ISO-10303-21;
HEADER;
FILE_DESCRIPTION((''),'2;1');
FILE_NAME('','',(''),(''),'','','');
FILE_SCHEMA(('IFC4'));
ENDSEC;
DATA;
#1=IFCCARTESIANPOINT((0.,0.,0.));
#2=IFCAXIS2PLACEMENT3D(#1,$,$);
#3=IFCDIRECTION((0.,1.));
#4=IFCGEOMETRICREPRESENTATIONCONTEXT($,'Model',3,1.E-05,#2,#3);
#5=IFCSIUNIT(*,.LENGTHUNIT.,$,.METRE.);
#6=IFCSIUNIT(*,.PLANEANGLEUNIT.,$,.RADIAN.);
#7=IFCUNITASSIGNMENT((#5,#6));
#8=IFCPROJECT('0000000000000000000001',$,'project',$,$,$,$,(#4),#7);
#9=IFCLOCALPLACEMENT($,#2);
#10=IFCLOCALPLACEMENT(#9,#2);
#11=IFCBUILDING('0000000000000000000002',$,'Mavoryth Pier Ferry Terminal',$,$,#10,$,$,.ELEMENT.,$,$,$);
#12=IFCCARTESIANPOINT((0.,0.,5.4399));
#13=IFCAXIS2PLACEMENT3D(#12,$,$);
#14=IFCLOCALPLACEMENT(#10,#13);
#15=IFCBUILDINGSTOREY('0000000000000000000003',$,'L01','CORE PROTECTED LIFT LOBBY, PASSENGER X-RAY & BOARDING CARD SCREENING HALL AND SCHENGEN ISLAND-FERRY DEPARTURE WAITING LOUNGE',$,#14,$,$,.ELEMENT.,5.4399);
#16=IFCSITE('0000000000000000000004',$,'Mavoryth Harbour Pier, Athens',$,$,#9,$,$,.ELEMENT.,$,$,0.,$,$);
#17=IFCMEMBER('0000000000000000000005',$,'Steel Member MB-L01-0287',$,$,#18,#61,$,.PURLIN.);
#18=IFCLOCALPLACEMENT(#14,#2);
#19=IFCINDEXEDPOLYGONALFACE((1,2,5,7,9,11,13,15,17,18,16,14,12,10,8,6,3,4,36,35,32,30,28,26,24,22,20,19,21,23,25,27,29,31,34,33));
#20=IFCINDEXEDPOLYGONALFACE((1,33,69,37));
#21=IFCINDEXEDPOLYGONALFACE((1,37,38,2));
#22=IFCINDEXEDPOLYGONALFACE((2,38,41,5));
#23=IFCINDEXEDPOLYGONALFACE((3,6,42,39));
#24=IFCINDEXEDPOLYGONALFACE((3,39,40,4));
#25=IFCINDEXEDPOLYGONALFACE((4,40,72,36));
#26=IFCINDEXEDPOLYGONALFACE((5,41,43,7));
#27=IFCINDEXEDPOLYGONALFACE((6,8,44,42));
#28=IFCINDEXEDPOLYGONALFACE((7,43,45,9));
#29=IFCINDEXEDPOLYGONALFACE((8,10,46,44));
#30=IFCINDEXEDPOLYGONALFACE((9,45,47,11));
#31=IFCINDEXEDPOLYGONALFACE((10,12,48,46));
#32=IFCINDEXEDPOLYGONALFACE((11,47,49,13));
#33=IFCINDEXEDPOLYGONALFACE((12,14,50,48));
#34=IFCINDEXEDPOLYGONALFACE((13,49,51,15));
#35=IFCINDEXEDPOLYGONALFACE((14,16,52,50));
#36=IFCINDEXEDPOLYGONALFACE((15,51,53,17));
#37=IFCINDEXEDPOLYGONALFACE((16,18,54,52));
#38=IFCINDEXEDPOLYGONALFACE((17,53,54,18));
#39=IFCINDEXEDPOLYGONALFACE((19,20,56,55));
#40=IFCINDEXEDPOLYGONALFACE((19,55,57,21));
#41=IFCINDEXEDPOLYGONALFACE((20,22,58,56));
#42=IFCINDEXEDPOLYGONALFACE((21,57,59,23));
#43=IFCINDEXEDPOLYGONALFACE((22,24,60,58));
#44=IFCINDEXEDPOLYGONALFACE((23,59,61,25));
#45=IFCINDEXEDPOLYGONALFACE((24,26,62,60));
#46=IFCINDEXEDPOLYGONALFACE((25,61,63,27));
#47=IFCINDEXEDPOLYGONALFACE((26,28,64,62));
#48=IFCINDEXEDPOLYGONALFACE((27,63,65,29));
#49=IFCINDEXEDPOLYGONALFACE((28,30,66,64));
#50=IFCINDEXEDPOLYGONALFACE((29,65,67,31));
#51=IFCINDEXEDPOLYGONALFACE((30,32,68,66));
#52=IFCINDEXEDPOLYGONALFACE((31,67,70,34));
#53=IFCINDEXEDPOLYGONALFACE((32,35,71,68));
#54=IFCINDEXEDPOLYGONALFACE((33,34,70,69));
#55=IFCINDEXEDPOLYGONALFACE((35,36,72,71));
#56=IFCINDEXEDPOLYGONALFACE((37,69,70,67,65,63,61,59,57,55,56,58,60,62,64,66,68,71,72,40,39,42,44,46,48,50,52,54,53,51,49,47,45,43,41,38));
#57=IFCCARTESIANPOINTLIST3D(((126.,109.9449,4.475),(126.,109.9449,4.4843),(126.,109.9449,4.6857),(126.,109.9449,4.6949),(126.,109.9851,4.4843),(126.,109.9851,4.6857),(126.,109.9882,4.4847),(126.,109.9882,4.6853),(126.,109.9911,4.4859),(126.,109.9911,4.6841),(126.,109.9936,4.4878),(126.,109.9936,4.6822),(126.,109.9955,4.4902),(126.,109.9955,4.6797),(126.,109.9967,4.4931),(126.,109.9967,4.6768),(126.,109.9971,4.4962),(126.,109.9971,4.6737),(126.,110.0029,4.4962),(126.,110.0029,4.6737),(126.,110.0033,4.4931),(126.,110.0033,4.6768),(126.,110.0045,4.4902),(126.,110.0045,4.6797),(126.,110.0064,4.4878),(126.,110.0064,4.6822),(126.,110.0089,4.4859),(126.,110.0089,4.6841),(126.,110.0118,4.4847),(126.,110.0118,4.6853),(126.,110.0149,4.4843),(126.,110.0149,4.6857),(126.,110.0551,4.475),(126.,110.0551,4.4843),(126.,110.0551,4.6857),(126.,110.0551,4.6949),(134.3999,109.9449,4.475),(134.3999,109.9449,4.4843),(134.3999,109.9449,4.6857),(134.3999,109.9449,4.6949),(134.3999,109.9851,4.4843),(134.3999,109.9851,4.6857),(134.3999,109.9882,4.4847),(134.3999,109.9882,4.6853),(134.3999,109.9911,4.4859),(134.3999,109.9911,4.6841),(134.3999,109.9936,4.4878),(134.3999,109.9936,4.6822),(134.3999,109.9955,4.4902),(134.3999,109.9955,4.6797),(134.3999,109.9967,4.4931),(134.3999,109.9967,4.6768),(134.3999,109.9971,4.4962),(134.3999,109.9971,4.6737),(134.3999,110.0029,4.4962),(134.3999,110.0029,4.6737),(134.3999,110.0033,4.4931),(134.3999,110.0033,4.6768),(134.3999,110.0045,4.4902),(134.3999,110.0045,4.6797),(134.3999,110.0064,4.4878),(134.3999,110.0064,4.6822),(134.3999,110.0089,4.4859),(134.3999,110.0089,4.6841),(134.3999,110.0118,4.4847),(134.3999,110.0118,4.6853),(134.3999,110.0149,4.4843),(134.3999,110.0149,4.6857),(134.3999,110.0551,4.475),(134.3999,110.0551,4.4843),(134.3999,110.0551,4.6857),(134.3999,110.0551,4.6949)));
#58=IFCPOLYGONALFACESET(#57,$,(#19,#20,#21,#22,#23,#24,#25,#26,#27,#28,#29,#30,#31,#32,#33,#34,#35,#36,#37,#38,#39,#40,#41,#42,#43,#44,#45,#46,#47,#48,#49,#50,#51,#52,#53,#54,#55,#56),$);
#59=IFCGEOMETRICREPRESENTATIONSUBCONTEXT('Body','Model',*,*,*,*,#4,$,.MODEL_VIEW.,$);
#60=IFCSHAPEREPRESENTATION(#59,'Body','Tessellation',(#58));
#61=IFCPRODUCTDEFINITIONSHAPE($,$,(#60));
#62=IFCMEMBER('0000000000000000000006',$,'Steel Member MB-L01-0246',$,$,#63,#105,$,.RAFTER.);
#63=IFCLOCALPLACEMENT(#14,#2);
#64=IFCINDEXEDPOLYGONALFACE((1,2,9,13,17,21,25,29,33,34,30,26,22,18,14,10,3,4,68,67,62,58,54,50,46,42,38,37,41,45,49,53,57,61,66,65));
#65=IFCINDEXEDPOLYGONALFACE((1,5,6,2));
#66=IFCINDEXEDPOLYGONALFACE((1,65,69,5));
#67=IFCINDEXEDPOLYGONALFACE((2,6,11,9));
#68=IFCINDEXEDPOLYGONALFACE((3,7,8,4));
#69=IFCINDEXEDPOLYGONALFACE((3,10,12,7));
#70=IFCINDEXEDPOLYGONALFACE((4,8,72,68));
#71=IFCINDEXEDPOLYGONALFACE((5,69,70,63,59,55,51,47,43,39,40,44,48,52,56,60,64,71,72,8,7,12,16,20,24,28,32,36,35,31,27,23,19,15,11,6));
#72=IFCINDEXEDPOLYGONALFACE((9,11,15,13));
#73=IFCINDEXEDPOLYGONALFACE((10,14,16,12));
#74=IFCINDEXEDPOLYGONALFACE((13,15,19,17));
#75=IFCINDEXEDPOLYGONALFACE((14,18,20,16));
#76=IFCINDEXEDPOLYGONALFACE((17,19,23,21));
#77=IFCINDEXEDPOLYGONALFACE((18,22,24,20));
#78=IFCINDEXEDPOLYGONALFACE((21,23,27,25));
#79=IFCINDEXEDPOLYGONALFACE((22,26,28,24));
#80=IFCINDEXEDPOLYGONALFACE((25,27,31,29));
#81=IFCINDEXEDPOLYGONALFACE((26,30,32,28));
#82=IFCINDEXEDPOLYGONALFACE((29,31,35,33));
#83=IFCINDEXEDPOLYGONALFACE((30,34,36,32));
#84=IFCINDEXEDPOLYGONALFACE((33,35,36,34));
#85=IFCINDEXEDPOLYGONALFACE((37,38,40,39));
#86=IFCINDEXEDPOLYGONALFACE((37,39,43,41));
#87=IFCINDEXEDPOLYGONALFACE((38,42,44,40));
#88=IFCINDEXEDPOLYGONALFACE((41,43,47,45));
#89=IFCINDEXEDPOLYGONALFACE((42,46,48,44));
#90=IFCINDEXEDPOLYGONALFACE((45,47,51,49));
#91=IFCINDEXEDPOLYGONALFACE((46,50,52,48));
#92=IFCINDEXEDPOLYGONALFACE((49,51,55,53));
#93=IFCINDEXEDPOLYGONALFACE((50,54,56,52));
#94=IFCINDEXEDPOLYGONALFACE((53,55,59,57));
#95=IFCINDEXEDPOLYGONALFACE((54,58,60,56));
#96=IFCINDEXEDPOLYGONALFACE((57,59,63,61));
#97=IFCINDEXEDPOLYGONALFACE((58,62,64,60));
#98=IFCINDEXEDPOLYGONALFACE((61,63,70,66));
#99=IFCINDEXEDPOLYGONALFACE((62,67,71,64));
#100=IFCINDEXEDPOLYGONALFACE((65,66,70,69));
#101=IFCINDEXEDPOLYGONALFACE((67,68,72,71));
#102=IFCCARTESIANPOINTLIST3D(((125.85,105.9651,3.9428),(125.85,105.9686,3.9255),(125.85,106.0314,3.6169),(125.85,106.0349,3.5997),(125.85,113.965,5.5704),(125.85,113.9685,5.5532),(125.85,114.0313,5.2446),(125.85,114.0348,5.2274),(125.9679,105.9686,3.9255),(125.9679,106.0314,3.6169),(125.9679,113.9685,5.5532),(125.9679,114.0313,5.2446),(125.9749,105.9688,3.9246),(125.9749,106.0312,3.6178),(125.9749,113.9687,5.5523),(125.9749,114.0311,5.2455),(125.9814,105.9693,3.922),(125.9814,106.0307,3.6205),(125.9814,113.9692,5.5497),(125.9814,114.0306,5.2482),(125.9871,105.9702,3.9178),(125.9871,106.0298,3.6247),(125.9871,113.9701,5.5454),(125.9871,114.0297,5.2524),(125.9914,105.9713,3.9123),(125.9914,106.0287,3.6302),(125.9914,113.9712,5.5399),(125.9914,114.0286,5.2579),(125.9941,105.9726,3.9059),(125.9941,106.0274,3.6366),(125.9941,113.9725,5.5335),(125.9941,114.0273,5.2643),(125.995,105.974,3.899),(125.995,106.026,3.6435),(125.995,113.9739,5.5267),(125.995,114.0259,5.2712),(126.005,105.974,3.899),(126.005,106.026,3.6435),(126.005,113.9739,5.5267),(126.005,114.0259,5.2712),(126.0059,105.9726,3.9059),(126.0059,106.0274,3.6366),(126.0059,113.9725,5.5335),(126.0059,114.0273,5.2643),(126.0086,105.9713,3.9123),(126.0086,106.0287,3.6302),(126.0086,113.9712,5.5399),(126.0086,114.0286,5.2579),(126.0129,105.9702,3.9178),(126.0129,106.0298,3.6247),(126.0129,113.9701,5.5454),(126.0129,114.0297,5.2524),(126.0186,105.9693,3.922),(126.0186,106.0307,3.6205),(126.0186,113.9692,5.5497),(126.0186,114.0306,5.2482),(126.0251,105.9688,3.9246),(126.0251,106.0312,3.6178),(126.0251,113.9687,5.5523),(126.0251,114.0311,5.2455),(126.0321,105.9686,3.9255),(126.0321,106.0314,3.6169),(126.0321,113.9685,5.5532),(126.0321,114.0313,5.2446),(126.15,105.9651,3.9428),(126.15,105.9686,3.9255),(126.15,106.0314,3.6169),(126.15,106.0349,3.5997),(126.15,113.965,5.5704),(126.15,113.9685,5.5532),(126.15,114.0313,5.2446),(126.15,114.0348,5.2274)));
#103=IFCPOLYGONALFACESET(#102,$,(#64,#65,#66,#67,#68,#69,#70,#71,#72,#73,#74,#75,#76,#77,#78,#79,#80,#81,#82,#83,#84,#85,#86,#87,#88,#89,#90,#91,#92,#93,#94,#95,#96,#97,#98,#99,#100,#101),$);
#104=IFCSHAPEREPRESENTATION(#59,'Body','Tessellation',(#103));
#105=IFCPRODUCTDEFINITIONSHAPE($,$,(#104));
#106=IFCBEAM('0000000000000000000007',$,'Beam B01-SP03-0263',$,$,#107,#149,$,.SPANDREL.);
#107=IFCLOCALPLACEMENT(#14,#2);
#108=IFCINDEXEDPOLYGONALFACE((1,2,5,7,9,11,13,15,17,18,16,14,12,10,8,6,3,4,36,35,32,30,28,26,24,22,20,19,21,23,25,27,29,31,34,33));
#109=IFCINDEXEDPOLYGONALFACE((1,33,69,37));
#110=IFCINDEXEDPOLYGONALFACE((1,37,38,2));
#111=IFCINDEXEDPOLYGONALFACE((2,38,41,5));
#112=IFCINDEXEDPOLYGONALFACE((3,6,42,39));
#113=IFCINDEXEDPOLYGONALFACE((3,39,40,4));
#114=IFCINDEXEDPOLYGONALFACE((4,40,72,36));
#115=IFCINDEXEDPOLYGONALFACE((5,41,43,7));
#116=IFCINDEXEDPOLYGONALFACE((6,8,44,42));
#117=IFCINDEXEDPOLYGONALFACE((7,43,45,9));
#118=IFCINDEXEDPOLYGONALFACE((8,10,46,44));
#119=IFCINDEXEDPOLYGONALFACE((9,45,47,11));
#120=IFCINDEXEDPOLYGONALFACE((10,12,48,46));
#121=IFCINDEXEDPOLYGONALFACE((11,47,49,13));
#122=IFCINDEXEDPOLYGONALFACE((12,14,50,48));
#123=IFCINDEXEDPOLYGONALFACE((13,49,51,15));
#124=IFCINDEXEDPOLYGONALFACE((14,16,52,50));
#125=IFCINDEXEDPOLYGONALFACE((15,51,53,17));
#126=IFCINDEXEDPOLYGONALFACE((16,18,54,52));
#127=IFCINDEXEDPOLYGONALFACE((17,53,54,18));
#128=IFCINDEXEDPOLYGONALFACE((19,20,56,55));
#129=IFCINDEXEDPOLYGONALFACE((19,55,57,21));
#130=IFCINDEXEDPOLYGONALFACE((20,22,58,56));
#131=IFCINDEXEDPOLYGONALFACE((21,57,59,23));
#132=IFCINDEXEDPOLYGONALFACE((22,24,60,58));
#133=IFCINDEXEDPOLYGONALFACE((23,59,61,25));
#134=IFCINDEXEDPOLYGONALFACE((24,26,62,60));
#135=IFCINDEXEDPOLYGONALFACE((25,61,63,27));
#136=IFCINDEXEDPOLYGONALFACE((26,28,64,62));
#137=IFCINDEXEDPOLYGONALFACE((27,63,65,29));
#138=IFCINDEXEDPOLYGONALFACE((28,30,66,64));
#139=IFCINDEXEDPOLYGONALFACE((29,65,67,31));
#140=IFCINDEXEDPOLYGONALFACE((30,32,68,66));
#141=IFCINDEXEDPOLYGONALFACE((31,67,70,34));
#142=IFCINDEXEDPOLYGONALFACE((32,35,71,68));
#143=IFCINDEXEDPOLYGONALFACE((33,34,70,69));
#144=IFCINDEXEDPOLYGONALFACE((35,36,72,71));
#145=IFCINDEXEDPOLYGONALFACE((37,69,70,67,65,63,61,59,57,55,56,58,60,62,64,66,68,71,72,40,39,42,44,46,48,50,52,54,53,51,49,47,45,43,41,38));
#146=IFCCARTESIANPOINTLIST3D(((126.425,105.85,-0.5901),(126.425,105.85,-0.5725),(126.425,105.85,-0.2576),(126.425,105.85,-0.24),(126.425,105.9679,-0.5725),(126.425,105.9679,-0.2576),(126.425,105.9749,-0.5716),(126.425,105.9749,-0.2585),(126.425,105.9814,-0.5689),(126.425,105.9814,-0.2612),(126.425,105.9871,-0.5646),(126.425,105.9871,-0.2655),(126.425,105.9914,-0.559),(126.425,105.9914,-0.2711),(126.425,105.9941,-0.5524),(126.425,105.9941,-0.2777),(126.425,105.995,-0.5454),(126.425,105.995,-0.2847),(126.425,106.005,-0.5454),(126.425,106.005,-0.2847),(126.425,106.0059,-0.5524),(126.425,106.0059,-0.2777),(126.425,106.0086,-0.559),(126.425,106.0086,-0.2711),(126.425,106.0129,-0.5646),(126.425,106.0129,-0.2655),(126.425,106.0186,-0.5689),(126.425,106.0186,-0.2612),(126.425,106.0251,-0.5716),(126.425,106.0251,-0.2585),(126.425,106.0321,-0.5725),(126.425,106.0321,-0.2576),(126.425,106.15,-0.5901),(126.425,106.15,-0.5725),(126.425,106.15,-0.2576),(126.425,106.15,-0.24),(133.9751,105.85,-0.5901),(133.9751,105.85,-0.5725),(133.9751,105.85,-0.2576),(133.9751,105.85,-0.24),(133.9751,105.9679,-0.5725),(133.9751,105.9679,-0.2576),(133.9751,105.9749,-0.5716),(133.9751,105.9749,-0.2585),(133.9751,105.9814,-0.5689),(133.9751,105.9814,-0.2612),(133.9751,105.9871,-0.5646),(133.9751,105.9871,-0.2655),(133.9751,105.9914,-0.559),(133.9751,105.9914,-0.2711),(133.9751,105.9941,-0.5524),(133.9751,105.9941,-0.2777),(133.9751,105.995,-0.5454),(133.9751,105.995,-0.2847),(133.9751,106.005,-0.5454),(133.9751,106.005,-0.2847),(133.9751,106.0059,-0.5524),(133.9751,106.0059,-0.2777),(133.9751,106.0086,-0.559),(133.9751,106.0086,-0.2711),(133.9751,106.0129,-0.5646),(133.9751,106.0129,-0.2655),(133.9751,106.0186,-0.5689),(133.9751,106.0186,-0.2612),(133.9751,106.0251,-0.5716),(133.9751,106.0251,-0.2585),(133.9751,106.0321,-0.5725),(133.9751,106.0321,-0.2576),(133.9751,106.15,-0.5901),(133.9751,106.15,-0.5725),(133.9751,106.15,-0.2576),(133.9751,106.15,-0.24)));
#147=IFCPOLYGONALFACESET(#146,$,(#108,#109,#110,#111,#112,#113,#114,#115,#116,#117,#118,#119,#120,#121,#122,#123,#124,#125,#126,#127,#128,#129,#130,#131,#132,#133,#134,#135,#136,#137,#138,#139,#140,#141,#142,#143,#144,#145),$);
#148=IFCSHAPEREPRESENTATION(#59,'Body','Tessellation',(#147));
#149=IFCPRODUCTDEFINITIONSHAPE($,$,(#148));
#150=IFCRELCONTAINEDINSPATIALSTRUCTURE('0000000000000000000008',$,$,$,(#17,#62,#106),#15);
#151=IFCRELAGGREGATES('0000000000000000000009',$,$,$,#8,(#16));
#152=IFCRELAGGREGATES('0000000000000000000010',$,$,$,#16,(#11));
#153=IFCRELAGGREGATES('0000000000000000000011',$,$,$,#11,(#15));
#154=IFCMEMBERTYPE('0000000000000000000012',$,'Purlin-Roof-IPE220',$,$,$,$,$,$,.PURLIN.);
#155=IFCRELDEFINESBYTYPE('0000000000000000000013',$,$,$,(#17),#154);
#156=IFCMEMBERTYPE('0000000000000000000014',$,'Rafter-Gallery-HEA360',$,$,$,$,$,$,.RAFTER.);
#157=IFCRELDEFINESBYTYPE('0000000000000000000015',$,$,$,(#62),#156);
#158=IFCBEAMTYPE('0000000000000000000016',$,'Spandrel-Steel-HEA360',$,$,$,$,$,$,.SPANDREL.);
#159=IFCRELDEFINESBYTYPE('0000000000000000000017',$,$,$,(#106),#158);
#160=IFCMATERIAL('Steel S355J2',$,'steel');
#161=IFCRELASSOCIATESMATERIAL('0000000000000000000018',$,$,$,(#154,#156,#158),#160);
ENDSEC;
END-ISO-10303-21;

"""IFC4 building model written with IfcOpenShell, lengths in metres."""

from ifc_helpers import new_model, si_unit, direction, frame, origin, origin_2d, place, context, subcontext, project, spatial, i_section, extrude, material, material_profile, profile_set, type_object, element, save


model = new_model("IFC4")

# Units and contexts
model_context = context("Model", 3, precision=1e-05, world=origin(), true_north=direction((0.0, 1.0)))
body_context = subcontext(model_context, "Body", "Model", "MODEL_VIEW")
ifc_project = project(units=[si_unit("LENGTHUNIT", "METRE"), si_unit("PLANEANGLEUNIT", "RADIAN")], contexts=[model_context])

# Site, building, storey
site_placement = place(None, origin())
site = spatial("IfcSite", under=ifc_project, at=site_placement, Name="Mavoryth Harbour Pier, Athens", CompositionType="ELEMENT", RefElevation=0.0)
building_placement = place(site_placement, origin())
building = spatial("IfcBuilding", under=site, at=building_placement, Name="Mavoryth Pier Ferry Terminal", CompositionType="ELEMENT")
storey_placement = place(building_placement, frame((0.0, 0.0, 5.4399)))
storey = spatial("IfcBuildingStorey", under=building, at=storey_placement, Name="L01", Description="CORE PROTECTED LIFT LOBBY, PASSENGER X-RAY & BOARDING CARD SCREENING HALL AND SCHENGEN ISLAND-FERRY DEPARTURE WAITING LOUNGE", CompositionType="ELEMENT", Elevation=5.4399)

# Shared definitions
ifc_material_1 = material(Name="Steel S355J2", Category="steel")

# Members
ifc_material_profile_1 = material_profile(ifc_material_1, i_section(OverallWidth=0.1101, OverallDepth=0.22, WebThickness=0.0059, FlangeThickness=0.0093, FilletRadius=0.012, at=origin_2d()), Name="IPE 220", Category="steel")
ifc_profile_set_1 = profile_set([ifc_material_profile_1], Name="Steel S355J2 - IPE 220")
member_type_1 = type_object("IfcMemberType", Name="Purlin-Roof-IPE220", PredefinedType="PURLIN", material=ifc_profile_set_1)
for number, where, z_axis, x_axis, name in (
    (1, (126.0, 110.0, 4.585), (1.0, 0.0, 0.0), (0.0, 1.0, 0.0), "Steel Member MB-L01-0287"),
):
    element("IfcMember", number, at=place(storey_placement, frame(where, z_axis=z_axis, x_axis=x_axis)), inside=storey, type_object=member_type_1, Name=name, PredefinedType="PURLIN", context=body_context, shape_type="SweptSolid", body=[
        extrude(i_section(OverallWidth=0.1101, OverallDepth=0.22, WebThickness=0.0059, FlangeThickness=0.0093, FilletRadius=0.012, at=origin_2d()), origin(), (0.0, 0.0, 1.0), 8.3999),
    ])
ifc_material_profile_2 = material_profile(ifc_material_1, i_section(OverallWidth=0.3, OverallDepth=0.3501, WebThickness=0.01, FlangeThickness=0.0176, FilletRadius=0.0271, at=origin_2d()), Name="HEA 360", Category="steel")
ifc_profile_set_2 = profile_set([ifc_material_profile_2], Name="Steel S355J2 - HEA 360")
member_type_2 = type_object("IfcMemberType", Name="Rafter-Gallery-HEA360", PredefinedType="RAFTER", material=ifc_profile_set_2)
member_1_placement = place(storey_placement, frame((126.0, 106.0, 3.7712), z_axis=(0.0, 0.979923, 0.199376), x_axis=(-1.0, 0.0, 0.0)))
element("IfcMember", 2, at=member_1_placement, inside=storey, type_object=member_type_2, Name="Steel Member MB-L01-0246", PredefinedType="RAFTER", context=body_context, shape_type="SweptSolid", body=[
    extrude(i_section(OverallWidth=0.3, OverallDepth=0.3501, WebThickness=0.01, FlangeThickness=0.0176, FilletRadius=0.0271, at=origin_2d()), origin(), (0.0, 0.0, 1.0), 8.1638),
])

# Beam
ifc_material_profile_3 = material_profile(ifc_material_1, i_section(OverallWidth=0.3, OverallDepth=0.3501, WebThickness=0.01, FlangeThickness=0.0176, FilletRadius=0.0271, at=origin_2d()), Name="HEA 360", Category="steel")
ifc_profile_set_3 = profile_set([ifc_material_profile_3], Name="Steel S355J2 - HEA 360")
beam_type_1 = type_object("IfcBeamType", Name="Spandrel-Steel-HEA360", PredefinedType="SPANDREL", material=ifc_profile_set_3)
beam_1_placement = place(storey_placement, frame((126.425, 106.0, -0.415), z_axis=(1.0, 0.0, 0.0), x_axis=(0.0, 1.0, 0.0)))
element("IfcBeam", 3, at=beam_1_placement, inside=storey, type_object=beam_type_1, Name="Beam B01-SP03-0263", PredefinedType="SPANDREL", context=body_context, shape_type="SweptSolid", body=[
    extrude(i_section(OverallWidth=0.3, OverallDepth=0.3501, WebThickness=0.01, FlangeThickness=0.0176, FilletRadius=0.0271, at=origin_2d()), origin(), (0.0, 0.0, 1.0), 7.55),
])

save(model, "model.ifc")
